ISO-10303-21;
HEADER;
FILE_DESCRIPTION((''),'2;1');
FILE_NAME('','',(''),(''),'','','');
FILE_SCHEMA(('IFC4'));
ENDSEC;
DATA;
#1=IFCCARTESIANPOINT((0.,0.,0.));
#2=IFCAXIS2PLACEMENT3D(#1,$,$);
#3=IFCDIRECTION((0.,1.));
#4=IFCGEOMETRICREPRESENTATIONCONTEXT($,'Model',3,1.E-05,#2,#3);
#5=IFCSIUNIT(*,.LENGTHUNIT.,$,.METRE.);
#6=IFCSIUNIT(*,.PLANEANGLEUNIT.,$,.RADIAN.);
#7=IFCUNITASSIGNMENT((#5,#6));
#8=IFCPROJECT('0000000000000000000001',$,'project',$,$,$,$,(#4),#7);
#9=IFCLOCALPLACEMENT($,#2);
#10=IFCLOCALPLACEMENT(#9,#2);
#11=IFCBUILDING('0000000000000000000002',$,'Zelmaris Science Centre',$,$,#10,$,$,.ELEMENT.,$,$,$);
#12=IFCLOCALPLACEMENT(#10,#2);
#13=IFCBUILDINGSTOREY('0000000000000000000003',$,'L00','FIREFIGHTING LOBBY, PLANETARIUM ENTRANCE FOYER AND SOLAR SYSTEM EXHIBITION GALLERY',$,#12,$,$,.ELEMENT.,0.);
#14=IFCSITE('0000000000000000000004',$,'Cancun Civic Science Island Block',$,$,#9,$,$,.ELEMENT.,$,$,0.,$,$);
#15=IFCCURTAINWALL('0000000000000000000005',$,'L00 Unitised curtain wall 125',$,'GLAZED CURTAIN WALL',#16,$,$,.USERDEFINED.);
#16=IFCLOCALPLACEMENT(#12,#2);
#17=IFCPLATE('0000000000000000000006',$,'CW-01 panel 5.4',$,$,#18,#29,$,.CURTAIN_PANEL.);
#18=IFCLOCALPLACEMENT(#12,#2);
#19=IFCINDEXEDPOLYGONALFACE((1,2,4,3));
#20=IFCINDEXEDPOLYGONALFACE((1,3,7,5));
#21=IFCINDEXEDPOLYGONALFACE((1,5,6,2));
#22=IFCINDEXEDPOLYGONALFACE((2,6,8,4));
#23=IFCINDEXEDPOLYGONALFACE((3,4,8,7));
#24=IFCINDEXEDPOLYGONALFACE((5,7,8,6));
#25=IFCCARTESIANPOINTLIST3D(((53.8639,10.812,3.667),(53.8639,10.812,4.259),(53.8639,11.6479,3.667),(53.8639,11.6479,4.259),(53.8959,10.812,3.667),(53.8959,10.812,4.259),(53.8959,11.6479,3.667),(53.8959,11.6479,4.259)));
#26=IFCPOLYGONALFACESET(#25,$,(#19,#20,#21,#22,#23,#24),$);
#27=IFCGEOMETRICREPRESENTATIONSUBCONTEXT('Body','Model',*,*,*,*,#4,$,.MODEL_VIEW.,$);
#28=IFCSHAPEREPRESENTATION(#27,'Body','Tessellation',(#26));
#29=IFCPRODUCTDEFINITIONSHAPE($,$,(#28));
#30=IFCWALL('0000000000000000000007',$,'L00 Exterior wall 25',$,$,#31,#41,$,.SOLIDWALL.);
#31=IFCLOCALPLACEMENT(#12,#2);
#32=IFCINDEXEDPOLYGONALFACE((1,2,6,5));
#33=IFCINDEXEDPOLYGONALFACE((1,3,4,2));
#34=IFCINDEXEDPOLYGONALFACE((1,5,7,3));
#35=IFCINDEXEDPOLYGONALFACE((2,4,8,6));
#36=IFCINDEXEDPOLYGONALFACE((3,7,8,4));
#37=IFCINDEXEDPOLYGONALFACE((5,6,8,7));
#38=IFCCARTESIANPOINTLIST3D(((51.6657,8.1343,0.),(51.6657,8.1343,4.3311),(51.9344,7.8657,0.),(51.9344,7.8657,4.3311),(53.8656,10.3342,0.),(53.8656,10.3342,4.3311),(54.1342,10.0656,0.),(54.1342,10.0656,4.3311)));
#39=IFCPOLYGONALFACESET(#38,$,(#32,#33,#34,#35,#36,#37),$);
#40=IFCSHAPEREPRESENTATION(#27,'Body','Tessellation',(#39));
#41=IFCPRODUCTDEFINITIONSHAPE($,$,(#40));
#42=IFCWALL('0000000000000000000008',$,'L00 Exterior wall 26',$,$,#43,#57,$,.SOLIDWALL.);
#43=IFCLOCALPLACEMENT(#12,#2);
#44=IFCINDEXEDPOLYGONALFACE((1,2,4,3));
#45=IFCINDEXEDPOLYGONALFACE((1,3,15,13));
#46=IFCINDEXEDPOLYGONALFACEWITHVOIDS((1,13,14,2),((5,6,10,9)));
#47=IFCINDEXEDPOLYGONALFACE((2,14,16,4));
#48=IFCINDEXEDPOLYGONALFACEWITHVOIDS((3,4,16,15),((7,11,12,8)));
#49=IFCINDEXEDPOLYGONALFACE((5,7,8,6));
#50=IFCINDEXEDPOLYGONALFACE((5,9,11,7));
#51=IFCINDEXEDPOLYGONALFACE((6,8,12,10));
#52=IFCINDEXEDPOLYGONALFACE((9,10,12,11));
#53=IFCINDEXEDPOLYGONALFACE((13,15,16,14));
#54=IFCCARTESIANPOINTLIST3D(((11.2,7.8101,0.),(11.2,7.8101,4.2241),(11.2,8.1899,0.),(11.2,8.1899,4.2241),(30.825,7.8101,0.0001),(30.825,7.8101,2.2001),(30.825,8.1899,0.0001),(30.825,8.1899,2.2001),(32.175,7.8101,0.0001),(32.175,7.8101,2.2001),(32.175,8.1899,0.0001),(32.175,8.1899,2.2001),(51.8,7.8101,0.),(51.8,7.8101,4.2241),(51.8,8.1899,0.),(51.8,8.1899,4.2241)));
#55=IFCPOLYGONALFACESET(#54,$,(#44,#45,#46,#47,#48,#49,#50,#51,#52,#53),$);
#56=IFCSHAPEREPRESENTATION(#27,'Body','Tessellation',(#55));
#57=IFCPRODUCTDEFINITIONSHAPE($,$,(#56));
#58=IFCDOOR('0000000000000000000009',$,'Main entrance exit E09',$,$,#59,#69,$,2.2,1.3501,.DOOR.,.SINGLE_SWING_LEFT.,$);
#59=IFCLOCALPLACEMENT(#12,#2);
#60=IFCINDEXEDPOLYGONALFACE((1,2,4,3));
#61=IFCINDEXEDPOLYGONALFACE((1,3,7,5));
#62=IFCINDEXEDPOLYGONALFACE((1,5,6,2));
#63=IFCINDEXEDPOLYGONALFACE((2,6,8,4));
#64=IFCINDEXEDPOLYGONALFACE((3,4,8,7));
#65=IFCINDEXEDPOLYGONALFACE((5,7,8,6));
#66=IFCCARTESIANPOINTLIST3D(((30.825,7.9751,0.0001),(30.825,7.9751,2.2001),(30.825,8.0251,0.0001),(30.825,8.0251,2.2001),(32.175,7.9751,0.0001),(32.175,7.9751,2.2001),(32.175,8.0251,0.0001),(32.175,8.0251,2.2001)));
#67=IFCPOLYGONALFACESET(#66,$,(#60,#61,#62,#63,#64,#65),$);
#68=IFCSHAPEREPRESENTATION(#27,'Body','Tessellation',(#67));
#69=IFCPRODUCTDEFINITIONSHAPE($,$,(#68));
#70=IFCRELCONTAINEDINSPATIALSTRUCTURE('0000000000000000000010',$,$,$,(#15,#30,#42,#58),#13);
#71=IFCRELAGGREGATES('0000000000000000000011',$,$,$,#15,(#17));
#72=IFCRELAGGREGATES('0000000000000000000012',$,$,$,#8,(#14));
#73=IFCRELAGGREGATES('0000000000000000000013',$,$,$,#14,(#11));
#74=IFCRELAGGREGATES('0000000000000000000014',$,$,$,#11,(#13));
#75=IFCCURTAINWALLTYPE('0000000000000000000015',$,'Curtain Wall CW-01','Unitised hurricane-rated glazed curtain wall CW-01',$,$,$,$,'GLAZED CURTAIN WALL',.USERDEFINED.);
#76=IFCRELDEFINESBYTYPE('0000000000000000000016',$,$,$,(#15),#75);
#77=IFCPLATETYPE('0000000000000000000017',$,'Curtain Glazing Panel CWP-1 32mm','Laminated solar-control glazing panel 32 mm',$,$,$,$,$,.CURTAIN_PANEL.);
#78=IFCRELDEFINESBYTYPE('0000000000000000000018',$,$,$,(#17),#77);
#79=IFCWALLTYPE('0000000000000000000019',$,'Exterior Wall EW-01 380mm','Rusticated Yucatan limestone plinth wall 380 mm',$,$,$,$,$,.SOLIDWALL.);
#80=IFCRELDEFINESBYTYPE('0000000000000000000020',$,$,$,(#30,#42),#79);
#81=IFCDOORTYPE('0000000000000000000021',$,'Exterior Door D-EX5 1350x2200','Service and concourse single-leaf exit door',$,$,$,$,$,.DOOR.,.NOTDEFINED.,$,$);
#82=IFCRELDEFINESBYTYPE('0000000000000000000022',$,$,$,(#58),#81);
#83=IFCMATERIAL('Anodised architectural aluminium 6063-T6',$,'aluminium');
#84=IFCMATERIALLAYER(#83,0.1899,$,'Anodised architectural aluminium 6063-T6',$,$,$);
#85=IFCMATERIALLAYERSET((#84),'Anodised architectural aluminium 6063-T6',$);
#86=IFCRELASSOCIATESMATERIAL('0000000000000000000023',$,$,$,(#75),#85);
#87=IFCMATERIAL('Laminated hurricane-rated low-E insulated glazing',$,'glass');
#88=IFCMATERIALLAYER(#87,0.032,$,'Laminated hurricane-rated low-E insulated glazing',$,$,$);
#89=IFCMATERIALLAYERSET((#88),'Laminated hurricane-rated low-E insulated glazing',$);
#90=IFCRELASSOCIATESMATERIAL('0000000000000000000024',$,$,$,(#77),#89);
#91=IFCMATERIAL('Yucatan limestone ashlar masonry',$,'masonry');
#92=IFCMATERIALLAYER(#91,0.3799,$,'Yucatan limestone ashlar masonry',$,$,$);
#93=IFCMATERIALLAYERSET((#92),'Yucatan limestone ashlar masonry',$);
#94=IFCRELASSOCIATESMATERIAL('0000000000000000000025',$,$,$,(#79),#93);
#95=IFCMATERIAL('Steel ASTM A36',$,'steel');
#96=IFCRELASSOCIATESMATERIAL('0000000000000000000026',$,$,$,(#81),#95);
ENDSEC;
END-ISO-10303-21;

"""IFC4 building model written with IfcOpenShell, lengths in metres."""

from ifc_helpers import new_model, si_unit, direction, frame, frame_2d, origin, origin_2d, place, context, subcontext, project, spatial, rectangle, extrude, material, layer, layer_set, type_object, element, fill, aggregate, save


model = new_model("IFC4")

# Units and contexts
model_context = context("Model", 3, precision=1e-05, world=origin(), true_north=direction((0.0, 1.0)))
body_context = subcontext(model_context, "Body", "Model", "MODEL_VIEW")
ifc_project = project(units=[si_unit("LENGTHUNIT", "METRE"), si_unit("PLANEANGLEUNIT", "RADIAN")], contexts=[model_context])

# Site, building, storey
site_placement = place(None, origin())
site = spatial("IfcSite", under=ifc_project, at=site_placement, Name="Cancun Civic Science Island Block", CompositionType="ELEMENT", RefElevation=0.0)
building_placement = place(site_placement, origin())
building = spatial("IfcBuilding", under=site, at=building_placement, Name="Zelmaris Science Centre", CompositionType="ELEMENT")
storey_placement = place(building_placement, origin())
storey = spatial("IfcBuildingStorey", under=building, at=storey_placement, Name="L00", Description="FIREFIGHTING LOBBY, PLANETARIUM ENTRANCE FOYER AND SOLAR SYSTEM EXHIBITION GALLERY", CompositionType="ELEMENT", Elevation=0.0)

# Curtain wall
ifc_material_1 = material(Name="Anodised architectural aluminium 6063-T6", Category="aluminium")
ifc_layer_1 = layer(ifc_material_1, 0.1899, Name="Anodised architectural aluminium 6063-T6")
ifc_layer_set_1 = layer_set([ifc_layer_1], Name="Anodised architectural aluminium 6063-T6")
curtain_wall_type = type_object("IfcCurtainWallType", Name="Curtain Wall CW-01", Description="Unitised hurricane-rated glazed curtain wall CW-01", ElementType="GLAZED CURTAIN WALL", PredefinedType="USERDEFINED", material=ifc_layer_set_1)
curtain_wall_placement = place(storey_placement, origin())
curtain_wall = element("IfcCurtainWall", 1, at=curtain_wall_placement, inside=storey, type_object=curtain_wall_type, Name="L00 Unitised curtain wall 125", ObjectType="GLAZED CURTAIN WALL", PredefinedType="USERDEFINED")

# Plate
ifc_material_2 = material(Name="Laminated hurricane-rated low-E insulated glazing", Category="glass")
ifc_layer_2 = layer(ifc_material_2, 0.032, Name="Laminated hurricane-rated low-E insulated glazing")
ifc_layer_set_2 = layer_set([ifc_layer_2], Name="Laminated hurricane-rated low-E insulated glazing")
plate_type = type_object("IfcPlateType", Name="Curtain Glazing Panel CWP-1 32mm", Description="Laminated solar-control glazing panel 32 mm", PredefinedType="CURTAIN_PANEL", material=ifc_layer_set_2)
plate_1_placement = place(storey_placement, frame((53.8799, 11.23, 3.667), z_axis=(0.0, 0.0, 1.0), x_axis=(-0.000021, -1.0, 0.0)))
plate_1 = element("IfcPlate", 2, at=plate_1_placement, type_object=plate_type, Name="CW-01 panel 5.4", PredefinedType="CURTAIN_PANEL", context=body_context, shape_type="SweptSolid", body=[
    extrude(rectangle(XDim=0.8359, YDim=0.032, at=origin_2d()), origin(), (0.0, 0.0, 1.0), 0.592),
])
aggregate(curtain_wall, [plate_1])

# Wall
ifc_material_3 = material(Name="Yucatan limestone ashlar masonry", Category="masonry")
ifc_layer_3 = layer(ifc_material_3, 0.3799, Name="Yucatan limestone ashlar masonry")
ifc_layer_set_3 = layer_set([ifc_layer_3], Name="Yucatan limestone ashlar masonry")
wall_type = type_object("IfcWallType", Name="Exterior Wall EW-01 380mm", Description="Rusticated Yucatan limestone plinth wall 380 mm", PredefinedType="SOLIDWALL", material=ifc_layer_set_3)
wall_1_placement = place(storey_placement, frame((54.0, 10.2, 0.0), z_axis=(0.0, 0.0, 1.0), x_axis=(-0.707107, -0.707107, 0.0)))
element("IfcWall", 3, at=wall_1_placement, inside=storey, type_object=wall_type, Name="L00 Exterior wall 25", PredefinedType="SOLIDWALL", context=body_context, shape_type="SweptSolid", body=[
    extrude(rectangle(XDim=3.1111, YDim=0.3799, at=frame_2d((1.5557, 0.0))), origin(), (0.0, 0.0, 1.0), 4.3311),
])

# Wall, opening, door
wall_2_placement = place(storey_placement, frame((51.8, 8.0, 0.0), z_axis=(0.0, 0.0, 1.0), x_axis=(-1.0, 0.0, 0.0)))
wall_2 = element("IfcWall", 4, at=wall_2_placement, inside=storey, type_object=wall_type, Name="L00 Exterior wall 26", PredefinedType="SOLIDWALL", context=body_context, shape_type="SweptSolid", body=[
    extrude(rectangle(XDim=40.6001, YDim=0.3799, at=frame_2d((20.3, 0.0))), origin(), (0.0, 0.0, 1.0), 4.2241),
])
opening_placement = place(wall_2_placement, frame((19.625, 0.0, 0.0)))
opening = element("IfcOpeningElement", 5, at=opening_placement, cuts=wall_2, PredefinedType="OPENING", context=body_context, shape_type="SweptSolid", body=[
    extrude(rectangle(XDim=1.3501, YDim=2.2, at=frame_2d((0.675, 1.1001))), frame((0.0, 0.2, 0.0), z_axis=(0.0, -1.0, 0.0), x_axis=(1.0, 0.0, 0.0)), (0.0, 0.0, 1.0), 0.3999),
])
ifc_material_4 = material(Name="Steel ASTM A36", Category="steel")
door_type = type_object("IfcDoorType", Name="Exterior Door D-EX5 1350x2200", Description="Service and concourse single-leaf exit door", OperationType="NOTDEFINED", PredefinedType="DOOR", material=ifc_material_4)
door_placement = place(opening_placement, origin())
door = element("IfcDoor", 6, at=door_placement, inside=storey, type_object=door_type, Name="Main entrance exit E09", OperationType="SINGLE_SWING_LEFT", OverallHeight=2.2, OverallWidth=1.3501, PredefinedType="DOOR", context=body_context, shape_type="SweptSolid", body=[
    extrude(rectangle(XDim=1.3501, YDim=2.2, at=frame_2d((0.675, 1.1001))), frame((0.0, 0.0249, 0.0), z_axis=(0.0, -1.0, 0.0), x_axis=(1.0, 0.0, 0.0)), (0.0, 0.0, 1.0), 0.05),
])
fill(opening, door)

save(model, "model.ifc")
